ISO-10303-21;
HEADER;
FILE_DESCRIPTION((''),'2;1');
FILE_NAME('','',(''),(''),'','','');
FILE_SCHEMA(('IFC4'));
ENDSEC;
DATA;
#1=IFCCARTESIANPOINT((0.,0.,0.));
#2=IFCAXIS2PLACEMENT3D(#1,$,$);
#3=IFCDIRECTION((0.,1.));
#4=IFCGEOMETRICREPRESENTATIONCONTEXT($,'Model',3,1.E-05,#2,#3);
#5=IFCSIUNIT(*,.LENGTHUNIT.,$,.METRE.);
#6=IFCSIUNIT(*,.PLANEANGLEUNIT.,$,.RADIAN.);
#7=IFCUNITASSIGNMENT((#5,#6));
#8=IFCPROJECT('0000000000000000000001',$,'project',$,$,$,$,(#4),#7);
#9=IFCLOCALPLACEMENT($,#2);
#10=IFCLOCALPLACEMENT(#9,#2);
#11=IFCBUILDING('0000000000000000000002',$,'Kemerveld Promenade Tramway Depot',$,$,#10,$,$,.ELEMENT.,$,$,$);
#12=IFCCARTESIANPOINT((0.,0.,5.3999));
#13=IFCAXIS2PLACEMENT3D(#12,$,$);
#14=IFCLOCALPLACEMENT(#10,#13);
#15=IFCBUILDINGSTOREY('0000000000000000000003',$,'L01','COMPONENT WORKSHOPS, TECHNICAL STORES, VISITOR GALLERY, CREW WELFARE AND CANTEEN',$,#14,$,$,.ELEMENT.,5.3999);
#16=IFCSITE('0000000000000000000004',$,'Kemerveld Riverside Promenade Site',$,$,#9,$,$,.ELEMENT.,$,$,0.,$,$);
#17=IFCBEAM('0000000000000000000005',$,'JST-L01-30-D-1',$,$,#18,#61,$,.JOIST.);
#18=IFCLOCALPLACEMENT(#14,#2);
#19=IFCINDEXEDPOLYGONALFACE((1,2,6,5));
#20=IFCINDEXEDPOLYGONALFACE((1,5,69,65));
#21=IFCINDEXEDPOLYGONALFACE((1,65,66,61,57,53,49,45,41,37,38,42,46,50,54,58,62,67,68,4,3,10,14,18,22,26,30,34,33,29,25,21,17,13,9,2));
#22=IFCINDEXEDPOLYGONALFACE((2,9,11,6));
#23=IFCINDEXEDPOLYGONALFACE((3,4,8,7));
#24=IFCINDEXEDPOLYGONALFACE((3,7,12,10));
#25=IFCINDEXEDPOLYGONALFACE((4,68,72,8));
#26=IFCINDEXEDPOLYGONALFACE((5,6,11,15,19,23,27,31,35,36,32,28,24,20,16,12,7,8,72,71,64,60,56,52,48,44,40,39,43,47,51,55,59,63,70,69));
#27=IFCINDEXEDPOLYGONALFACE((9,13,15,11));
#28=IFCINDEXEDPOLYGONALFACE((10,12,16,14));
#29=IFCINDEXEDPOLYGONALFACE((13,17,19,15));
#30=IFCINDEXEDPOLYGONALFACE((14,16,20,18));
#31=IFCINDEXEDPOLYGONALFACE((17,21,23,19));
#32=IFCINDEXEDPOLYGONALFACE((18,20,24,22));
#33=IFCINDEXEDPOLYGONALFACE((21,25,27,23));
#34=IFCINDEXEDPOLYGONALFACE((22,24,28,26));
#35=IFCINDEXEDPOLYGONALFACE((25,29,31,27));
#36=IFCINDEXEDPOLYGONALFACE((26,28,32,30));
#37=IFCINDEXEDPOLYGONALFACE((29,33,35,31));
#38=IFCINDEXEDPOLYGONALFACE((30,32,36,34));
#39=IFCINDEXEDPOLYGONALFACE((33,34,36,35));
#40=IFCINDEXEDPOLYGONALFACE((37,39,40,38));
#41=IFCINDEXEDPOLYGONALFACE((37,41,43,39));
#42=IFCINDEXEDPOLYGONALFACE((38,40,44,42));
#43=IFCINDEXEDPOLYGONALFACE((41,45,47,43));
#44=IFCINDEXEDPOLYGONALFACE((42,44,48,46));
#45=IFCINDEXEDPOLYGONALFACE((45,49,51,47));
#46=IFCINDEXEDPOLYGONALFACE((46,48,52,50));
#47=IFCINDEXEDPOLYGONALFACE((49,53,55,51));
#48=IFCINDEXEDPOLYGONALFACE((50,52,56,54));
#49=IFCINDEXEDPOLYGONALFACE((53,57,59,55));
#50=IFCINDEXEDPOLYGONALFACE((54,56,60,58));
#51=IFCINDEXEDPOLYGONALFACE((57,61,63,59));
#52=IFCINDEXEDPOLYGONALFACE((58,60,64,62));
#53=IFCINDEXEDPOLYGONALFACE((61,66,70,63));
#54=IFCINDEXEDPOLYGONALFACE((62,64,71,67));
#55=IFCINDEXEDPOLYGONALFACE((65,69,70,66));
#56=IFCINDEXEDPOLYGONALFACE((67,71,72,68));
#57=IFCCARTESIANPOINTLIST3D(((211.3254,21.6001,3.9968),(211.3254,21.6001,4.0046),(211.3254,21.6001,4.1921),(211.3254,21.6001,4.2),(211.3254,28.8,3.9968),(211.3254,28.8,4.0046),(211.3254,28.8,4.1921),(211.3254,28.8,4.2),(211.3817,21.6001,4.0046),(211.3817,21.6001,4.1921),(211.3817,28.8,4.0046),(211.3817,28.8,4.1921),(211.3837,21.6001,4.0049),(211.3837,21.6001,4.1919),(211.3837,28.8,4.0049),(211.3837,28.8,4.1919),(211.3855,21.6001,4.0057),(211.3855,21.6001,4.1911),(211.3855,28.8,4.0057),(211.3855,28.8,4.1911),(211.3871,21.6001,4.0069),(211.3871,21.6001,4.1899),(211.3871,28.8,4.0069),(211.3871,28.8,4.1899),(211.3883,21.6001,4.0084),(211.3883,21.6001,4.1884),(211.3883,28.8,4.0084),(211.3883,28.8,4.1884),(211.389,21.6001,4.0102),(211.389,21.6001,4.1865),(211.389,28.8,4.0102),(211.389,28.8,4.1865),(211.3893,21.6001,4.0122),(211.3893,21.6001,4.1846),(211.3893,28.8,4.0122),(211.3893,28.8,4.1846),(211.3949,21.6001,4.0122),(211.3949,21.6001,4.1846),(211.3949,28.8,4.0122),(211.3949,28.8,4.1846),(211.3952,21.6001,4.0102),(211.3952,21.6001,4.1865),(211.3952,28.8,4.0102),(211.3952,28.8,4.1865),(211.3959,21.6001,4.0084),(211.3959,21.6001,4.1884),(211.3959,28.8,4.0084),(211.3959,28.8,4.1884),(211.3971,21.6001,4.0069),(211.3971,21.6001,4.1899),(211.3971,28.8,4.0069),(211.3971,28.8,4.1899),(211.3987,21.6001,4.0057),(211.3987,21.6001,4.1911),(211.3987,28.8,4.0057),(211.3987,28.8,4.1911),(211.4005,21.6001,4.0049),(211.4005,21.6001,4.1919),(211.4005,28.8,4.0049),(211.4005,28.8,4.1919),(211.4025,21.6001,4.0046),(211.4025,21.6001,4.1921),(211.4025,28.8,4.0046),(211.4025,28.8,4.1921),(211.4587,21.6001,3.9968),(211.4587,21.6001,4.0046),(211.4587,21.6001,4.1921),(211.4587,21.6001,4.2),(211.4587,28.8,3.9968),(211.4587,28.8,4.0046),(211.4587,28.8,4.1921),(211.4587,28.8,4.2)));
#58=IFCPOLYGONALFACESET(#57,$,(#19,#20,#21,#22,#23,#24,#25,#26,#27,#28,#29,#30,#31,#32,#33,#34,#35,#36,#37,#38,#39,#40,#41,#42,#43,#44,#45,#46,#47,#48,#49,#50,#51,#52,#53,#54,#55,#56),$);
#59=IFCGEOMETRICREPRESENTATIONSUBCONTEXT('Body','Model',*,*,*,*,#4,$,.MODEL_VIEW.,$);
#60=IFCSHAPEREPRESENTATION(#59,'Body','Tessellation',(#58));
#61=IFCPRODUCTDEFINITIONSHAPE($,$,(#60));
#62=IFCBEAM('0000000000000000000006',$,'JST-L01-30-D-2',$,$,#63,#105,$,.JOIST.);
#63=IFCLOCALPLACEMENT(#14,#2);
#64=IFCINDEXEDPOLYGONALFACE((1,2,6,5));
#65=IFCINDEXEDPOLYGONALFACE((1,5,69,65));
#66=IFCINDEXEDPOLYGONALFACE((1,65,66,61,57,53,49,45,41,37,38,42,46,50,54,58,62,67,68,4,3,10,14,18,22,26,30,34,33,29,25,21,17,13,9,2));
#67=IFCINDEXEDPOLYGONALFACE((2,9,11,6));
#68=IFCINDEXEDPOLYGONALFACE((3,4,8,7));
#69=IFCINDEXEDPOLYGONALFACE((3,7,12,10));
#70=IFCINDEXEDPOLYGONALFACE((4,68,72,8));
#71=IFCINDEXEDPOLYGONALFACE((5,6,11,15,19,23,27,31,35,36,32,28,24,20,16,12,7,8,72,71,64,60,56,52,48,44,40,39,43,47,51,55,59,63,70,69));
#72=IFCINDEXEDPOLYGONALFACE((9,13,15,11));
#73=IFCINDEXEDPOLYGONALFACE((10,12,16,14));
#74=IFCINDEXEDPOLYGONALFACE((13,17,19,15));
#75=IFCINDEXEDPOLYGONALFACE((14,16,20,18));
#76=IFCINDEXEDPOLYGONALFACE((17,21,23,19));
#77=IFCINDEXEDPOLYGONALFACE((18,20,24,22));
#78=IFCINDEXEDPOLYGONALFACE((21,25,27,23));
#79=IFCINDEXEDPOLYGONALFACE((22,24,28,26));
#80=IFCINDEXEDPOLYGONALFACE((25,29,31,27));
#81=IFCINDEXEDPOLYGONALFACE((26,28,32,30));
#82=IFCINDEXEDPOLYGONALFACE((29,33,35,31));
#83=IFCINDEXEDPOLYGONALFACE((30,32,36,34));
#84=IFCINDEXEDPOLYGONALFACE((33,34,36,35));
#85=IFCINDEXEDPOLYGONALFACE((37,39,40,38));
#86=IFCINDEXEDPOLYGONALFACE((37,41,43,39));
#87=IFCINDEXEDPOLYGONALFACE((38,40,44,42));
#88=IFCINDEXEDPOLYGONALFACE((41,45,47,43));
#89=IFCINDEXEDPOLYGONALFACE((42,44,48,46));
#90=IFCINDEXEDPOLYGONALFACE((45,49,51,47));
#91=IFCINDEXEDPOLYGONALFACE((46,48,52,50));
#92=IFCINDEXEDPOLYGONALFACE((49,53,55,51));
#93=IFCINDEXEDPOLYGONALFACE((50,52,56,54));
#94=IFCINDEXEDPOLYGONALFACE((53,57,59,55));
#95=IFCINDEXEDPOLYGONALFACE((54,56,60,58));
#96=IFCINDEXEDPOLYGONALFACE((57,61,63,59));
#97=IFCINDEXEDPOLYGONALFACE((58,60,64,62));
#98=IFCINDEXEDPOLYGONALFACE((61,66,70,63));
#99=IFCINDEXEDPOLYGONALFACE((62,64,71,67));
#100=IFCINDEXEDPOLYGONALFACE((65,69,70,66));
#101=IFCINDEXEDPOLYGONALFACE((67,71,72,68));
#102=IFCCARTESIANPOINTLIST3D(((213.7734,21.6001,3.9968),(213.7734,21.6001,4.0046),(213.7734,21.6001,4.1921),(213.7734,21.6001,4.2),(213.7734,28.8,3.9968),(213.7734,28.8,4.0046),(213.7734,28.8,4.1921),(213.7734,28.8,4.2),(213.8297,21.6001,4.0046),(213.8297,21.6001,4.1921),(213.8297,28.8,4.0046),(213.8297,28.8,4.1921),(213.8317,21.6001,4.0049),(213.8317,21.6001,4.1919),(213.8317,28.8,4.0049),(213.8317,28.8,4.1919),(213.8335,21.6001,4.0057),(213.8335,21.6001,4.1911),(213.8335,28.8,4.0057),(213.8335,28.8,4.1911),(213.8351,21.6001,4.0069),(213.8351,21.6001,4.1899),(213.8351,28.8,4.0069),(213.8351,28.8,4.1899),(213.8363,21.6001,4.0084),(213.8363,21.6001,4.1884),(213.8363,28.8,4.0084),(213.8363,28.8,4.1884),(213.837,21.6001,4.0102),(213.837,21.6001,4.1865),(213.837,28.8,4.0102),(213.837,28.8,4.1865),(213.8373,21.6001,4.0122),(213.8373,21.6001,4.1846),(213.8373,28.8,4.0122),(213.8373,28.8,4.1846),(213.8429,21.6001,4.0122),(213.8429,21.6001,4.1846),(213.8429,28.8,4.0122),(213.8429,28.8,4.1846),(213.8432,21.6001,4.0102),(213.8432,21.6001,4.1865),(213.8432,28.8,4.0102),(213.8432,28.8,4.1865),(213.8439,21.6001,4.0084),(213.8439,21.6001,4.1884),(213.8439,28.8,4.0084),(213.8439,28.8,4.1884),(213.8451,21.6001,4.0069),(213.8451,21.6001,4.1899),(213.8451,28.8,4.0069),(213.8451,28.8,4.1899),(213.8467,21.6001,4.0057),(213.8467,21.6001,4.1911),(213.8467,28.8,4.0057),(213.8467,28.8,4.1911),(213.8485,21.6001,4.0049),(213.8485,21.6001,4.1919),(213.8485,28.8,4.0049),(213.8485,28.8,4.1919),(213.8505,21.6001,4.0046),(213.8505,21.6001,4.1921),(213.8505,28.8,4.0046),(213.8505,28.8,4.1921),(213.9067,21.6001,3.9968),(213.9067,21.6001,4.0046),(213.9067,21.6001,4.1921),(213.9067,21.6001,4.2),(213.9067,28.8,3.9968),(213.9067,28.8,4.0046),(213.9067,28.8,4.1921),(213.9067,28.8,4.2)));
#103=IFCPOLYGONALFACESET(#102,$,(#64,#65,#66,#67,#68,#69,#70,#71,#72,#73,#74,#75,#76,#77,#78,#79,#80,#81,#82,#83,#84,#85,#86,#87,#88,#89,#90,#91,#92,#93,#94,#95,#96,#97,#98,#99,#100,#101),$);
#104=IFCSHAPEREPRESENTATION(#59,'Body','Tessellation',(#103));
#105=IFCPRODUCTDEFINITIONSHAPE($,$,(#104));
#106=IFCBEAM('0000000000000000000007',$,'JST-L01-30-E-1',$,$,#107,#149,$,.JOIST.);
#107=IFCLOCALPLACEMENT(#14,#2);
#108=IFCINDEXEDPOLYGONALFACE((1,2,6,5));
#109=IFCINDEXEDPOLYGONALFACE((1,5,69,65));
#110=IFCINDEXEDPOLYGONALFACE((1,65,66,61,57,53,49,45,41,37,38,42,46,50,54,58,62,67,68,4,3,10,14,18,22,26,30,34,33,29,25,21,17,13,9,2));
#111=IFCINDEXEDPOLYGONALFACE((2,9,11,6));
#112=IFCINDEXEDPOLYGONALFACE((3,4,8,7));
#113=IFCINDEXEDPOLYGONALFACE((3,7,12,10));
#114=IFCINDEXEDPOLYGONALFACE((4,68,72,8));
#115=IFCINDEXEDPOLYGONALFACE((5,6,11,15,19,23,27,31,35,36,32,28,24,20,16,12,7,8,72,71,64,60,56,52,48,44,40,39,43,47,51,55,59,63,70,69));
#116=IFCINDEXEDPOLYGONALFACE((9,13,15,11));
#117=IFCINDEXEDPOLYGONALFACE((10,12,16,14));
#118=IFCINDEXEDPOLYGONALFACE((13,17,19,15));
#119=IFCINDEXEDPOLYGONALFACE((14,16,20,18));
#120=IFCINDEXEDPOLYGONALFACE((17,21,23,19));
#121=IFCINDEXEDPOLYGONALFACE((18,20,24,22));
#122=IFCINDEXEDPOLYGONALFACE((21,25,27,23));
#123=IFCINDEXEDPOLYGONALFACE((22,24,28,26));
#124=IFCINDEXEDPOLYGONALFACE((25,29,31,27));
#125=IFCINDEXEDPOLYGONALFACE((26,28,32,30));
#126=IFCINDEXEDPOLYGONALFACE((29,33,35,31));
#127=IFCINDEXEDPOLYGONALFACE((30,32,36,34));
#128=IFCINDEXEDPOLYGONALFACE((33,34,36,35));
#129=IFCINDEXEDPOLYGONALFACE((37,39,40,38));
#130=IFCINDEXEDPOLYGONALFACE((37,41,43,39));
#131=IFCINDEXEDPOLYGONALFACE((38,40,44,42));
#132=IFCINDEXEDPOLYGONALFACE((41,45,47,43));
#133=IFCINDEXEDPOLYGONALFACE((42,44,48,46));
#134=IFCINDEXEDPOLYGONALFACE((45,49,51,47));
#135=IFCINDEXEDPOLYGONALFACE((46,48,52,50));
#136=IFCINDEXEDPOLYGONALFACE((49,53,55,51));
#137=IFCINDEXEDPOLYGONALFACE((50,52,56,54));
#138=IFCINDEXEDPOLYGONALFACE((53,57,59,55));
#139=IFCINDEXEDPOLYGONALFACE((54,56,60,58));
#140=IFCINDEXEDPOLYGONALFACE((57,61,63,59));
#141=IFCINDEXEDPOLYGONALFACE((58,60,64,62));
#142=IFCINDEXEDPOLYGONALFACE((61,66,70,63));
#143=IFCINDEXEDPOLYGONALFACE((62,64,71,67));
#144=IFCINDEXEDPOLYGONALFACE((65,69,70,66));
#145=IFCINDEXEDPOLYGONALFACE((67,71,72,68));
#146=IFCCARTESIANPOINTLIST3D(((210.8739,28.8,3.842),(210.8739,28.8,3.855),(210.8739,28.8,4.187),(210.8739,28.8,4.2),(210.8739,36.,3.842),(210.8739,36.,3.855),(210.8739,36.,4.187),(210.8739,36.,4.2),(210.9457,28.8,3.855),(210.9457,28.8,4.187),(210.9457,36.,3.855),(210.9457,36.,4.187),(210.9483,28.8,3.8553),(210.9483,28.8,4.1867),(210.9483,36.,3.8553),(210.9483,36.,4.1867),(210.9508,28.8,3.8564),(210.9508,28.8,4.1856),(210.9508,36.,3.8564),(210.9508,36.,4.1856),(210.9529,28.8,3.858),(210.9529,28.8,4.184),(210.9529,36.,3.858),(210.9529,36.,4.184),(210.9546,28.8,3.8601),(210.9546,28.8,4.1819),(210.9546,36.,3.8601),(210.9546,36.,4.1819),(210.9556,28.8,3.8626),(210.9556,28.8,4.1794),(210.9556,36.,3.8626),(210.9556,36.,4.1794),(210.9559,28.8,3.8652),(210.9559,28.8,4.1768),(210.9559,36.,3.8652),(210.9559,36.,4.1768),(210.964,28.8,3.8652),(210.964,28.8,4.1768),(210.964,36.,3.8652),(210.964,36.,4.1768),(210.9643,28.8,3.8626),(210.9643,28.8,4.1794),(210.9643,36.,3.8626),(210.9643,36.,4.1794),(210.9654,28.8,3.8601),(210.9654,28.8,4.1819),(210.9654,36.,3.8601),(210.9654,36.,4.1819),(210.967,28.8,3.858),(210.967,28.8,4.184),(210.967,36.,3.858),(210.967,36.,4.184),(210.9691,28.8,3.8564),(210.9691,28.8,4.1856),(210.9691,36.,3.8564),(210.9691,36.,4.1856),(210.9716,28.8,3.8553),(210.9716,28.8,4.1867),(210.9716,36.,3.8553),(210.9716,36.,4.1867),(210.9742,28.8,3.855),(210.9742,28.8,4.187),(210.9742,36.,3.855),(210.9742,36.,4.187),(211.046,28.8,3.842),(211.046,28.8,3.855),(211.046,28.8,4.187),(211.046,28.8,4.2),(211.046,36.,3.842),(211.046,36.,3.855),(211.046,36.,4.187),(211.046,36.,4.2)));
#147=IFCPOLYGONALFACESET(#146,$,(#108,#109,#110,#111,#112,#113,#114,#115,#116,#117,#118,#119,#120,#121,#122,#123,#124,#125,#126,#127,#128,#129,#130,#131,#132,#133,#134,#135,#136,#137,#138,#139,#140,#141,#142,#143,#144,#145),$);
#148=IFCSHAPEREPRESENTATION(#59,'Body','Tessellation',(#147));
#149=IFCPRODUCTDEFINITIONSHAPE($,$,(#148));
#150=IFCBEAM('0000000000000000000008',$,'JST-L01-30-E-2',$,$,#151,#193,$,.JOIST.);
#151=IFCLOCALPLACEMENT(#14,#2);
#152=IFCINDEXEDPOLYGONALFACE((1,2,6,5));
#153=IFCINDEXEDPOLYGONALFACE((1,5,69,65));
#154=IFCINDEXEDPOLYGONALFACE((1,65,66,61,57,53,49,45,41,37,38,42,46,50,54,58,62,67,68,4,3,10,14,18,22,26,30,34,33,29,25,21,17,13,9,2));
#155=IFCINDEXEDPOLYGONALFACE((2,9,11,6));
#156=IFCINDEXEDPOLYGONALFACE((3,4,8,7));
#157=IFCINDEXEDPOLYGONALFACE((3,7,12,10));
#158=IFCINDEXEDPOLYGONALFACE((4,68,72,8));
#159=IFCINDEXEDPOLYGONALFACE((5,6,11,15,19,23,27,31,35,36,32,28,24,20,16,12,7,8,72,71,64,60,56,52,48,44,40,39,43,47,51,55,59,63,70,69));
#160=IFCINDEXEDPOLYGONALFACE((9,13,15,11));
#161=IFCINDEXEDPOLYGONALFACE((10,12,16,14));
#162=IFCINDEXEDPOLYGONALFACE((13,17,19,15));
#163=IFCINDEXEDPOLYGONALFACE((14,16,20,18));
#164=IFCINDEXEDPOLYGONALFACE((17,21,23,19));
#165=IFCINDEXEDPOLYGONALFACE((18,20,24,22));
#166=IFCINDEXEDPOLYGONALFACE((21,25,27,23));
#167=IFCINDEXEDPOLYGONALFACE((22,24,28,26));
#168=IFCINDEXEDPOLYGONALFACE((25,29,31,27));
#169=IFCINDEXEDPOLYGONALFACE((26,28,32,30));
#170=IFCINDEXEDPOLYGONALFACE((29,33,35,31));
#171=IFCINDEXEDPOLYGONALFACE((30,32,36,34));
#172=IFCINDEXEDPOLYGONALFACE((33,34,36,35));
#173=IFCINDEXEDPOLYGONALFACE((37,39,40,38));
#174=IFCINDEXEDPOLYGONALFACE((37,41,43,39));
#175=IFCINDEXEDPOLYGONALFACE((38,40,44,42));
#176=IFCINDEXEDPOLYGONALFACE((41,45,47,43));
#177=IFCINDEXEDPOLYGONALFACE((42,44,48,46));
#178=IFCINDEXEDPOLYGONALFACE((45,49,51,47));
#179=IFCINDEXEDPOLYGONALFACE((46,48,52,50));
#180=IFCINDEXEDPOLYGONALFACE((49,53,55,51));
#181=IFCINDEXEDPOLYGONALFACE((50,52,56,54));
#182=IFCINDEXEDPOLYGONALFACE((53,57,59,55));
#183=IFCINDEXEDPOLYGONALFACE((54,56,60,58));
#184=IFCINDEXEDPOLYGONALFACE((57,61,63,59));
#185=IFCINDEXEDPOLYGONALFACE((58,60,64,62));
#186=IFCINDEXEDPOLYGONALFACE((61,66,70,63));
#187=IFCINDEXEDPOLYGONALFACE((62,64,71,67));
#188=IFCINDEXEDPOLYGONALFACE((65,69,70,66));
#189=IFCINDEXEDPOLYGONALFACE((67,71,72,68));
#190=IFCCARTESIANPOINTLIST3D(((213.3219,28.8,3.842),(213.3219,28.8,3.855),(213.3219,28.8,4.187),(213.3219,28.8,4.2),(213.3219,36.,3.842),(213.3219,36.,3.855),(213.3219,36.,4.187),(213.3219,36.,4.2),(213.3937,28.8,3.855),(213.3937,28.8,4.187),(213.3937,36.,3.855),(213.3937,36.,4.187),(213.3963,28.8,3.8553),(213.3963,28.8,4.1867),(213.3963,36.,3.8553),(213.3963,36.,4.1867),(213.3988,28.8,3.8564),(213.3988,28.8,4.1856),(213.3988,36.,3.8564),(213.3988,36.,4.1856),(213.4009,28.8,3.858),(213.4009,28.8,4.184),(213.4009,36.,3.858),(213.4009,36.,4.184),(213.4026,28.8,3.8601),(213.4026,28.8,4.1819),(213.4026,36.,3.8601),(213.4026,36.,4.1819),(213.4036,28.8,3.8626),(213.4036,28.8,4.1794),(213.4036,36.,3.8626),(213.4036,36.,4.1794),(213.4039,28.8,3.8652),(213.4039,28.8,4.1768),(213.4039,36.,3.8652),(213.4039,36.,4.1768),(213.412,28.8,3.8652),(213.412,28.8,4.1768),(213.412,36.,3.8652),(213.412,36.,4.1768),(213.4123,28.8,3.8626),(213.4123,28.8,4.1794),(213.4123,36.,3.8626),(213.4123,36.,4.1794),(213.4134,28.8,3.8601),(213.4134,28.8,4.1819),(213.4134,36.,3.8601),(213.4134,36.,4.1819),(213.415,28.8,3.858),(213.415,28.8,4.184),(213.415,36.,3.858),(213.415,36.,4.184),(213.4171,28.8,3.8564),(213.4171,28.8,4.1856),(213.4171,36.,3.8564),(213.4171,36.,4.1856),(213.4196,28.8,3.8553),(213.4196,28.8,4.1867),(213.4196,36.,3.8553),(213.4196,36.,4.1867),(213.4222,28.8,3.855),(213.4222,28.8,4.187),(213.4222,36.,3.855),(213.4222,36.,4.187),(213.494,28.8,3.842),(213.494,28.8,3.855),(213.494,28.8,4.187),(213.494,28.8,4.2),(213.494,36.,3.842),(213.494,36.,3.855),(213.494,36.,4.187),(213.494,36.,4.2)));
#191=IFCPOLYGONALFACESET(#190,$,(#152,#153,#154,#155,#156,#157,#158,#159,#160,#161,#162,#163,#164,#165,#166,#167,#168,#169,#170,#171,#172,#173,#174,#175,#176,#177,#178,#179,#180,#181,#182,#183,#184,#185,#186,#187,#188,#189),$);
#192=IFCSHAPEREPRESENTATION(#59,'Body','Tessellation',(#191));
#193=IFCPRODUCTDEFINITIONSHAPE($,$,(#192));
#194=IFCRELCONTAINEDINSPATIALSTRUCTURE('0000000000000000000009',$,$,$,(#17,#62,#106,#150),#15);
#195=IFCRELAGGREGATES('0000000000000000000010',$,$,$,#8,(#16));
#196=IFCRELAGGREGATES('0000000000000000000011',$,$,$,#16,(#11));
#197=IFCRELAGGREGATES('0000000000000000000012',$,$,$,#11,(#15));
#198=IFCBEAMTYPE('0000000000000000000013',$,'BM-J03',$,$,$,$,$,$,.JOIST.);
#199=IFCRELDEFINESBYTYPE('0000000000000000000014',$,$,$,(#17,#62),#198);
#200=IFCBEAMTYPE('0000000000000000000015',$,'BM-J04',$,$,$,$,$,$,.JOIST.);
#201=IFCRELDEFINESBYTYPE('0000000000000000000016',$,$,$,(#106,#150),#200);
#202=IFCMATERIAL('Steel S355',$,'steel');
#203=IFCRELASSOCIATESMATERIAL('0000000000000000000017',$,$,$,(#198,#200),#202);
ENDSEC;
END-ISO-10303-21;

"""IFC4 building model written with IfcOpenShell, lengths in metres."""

from ifc_helpers import new_model, si_unit, direction, frame, origin, origin_2d, place, context, subcontext, project, spatial, i_section, extrude, material, material_profile, profile_set, type_object, element, save


model = new_model("IFC4")

# Units and contexts
model_context = context("Model", 3, precision=1e-05, world=origin(), true_north=direction((0.0, 1.0)))
body_context = subcontext(model_context, "Body", "Model", "MODEL_VIEW")
ifc_project = project(units=[si_unit("LENGTHUNIT", "METRE"), si_unit("PLANEANGLEUNIT", "RADIAN")], contexts=[model_context])

# Site, building, storey
site_placement = place(None, origin())
site = spatial("IfcSite", under=ifc_project, at=site_placement, Name="Kemerveld Riverside Promenade Site", CompositionType="ELEMENT", RefElevation=0.0)
building_placement = place(site_placement, origin())
building = spatial("IfcBuilding", under=site, at=building_placement, Name="Kemerveld Promenade Tramway Depot", CompositionType="ELEMENT")
storey_placement = place(building_placement, frame((0.0, 0.0, 5.3999)))
storey = spatial("IfcBuildingStorey", under=building, at=storey_placement, Name="L01", Description="COMPONENT WORKSHOPS, TECHNICAL STORES, VISITOR GALLERY, CREW WELFARE AND CANTEEN", CompositionType="ELEMENT", Elevation=5.3999)

# Shared definitions
ifc_material_1 = material(Name="Steel S355", Category="steel")

# Beams
ifc_material_profile_1 = material_profile(ifc_material_1, i_section(OverallWidth=0.1333, OverallDepth=0.2031, WebThickness=0.0056, FlangeThickness=0.0078, FilletRadius=0.0076, at=origin_2d()), Name="203x133x25 UB")
ifc_profile_set_1 = profile_set([ifc_material_profile_1], Name="Steel S355")
beam_type_1 = type_object("IfcBeamType", Name="BM-J03", PredefinedType="JOIST", material=ifc_profile_set_1)
for number, where, z_axis, x_axis, name in (
    (1, (211.3921, 21.6001, 4.0984), (0.0, 1.0, 0.0), (-1.0, 0.0, 0.0), "JST-L01-30-D-1"),
    (2, (213.8401, 21.6001, 4.0984), (0.0, 1.0, 0.0), (-1.0, 0.0, 0.0), "JST-L01-30-D-2"),
):
    element("IfcBeam", number, at=place(storey_placement, frame(where, z_axis=z_axis, x_axis=x_axis)), inside=storey, type_object=beam_type_1, Name=name, PredefinedType="JOIST", context=body_context, shape_type="SweptSolid", body=[
        extrude(i_section(OverallWidth=0.1333, OverallDepth=0.2031, WebThickness=0.0056, FlangeThickness=0.0078, FilletRadius=0.0076, at=origin_2d()), origin(), (0.0, 0.0, 1.0), 7.2),
    ])
ifc_material_profile_2 = material_profile(ifc_material_1, i_section(OverallWidth=0.1721, OverallDepth=0.3579, WebThickness=0.0081, FlangeThickness=0.0129, FilletRadius=0.0103, at=origin_2d()), Name="356x171x57 UB")
ifc_profile_set_2 = profile_set([ifc_material_profile_2], Name="Steel S355")
beam_type_2 = type_object("IfcBeamType", Name="BM-J04", PredefinedType="JOIST", material=ifc_profile_set_2)
for number, where, z_axis, x_axis, name in (
    (3, (210.96, 28.8, 4.021), (0.0, 1.0, 0.0), (-1.0, 0.0, 0.0), "JST-L01-30-E-1"),
    (4, (213.408, 28.8, 4.021), (0.0, 1.0, 0.0), (-1.0, 0.0, 0.0), "JST-L01-30-E-2"),
):
    element("IfcBeam", number, at=place(storey_placement, frame(where, z_axis=z_axis, x_axis=x_axis)), inside=storey, type_object=beam_type_2, Name=name, PredefinedType="JOIST", context=body_context, shape_type="SweptSolid", body=[
        extrude(i_section(OverallWidth=0.1721, OverallDepth=0.3579, WebThickness=0.0081, FlangeThickness=0.0129, FilletRadius=0.0103, at=origin_2d()), origin(), (0.0, 0.0, 1.0), 7.2),
    ])

save(model, "model.ifc")
